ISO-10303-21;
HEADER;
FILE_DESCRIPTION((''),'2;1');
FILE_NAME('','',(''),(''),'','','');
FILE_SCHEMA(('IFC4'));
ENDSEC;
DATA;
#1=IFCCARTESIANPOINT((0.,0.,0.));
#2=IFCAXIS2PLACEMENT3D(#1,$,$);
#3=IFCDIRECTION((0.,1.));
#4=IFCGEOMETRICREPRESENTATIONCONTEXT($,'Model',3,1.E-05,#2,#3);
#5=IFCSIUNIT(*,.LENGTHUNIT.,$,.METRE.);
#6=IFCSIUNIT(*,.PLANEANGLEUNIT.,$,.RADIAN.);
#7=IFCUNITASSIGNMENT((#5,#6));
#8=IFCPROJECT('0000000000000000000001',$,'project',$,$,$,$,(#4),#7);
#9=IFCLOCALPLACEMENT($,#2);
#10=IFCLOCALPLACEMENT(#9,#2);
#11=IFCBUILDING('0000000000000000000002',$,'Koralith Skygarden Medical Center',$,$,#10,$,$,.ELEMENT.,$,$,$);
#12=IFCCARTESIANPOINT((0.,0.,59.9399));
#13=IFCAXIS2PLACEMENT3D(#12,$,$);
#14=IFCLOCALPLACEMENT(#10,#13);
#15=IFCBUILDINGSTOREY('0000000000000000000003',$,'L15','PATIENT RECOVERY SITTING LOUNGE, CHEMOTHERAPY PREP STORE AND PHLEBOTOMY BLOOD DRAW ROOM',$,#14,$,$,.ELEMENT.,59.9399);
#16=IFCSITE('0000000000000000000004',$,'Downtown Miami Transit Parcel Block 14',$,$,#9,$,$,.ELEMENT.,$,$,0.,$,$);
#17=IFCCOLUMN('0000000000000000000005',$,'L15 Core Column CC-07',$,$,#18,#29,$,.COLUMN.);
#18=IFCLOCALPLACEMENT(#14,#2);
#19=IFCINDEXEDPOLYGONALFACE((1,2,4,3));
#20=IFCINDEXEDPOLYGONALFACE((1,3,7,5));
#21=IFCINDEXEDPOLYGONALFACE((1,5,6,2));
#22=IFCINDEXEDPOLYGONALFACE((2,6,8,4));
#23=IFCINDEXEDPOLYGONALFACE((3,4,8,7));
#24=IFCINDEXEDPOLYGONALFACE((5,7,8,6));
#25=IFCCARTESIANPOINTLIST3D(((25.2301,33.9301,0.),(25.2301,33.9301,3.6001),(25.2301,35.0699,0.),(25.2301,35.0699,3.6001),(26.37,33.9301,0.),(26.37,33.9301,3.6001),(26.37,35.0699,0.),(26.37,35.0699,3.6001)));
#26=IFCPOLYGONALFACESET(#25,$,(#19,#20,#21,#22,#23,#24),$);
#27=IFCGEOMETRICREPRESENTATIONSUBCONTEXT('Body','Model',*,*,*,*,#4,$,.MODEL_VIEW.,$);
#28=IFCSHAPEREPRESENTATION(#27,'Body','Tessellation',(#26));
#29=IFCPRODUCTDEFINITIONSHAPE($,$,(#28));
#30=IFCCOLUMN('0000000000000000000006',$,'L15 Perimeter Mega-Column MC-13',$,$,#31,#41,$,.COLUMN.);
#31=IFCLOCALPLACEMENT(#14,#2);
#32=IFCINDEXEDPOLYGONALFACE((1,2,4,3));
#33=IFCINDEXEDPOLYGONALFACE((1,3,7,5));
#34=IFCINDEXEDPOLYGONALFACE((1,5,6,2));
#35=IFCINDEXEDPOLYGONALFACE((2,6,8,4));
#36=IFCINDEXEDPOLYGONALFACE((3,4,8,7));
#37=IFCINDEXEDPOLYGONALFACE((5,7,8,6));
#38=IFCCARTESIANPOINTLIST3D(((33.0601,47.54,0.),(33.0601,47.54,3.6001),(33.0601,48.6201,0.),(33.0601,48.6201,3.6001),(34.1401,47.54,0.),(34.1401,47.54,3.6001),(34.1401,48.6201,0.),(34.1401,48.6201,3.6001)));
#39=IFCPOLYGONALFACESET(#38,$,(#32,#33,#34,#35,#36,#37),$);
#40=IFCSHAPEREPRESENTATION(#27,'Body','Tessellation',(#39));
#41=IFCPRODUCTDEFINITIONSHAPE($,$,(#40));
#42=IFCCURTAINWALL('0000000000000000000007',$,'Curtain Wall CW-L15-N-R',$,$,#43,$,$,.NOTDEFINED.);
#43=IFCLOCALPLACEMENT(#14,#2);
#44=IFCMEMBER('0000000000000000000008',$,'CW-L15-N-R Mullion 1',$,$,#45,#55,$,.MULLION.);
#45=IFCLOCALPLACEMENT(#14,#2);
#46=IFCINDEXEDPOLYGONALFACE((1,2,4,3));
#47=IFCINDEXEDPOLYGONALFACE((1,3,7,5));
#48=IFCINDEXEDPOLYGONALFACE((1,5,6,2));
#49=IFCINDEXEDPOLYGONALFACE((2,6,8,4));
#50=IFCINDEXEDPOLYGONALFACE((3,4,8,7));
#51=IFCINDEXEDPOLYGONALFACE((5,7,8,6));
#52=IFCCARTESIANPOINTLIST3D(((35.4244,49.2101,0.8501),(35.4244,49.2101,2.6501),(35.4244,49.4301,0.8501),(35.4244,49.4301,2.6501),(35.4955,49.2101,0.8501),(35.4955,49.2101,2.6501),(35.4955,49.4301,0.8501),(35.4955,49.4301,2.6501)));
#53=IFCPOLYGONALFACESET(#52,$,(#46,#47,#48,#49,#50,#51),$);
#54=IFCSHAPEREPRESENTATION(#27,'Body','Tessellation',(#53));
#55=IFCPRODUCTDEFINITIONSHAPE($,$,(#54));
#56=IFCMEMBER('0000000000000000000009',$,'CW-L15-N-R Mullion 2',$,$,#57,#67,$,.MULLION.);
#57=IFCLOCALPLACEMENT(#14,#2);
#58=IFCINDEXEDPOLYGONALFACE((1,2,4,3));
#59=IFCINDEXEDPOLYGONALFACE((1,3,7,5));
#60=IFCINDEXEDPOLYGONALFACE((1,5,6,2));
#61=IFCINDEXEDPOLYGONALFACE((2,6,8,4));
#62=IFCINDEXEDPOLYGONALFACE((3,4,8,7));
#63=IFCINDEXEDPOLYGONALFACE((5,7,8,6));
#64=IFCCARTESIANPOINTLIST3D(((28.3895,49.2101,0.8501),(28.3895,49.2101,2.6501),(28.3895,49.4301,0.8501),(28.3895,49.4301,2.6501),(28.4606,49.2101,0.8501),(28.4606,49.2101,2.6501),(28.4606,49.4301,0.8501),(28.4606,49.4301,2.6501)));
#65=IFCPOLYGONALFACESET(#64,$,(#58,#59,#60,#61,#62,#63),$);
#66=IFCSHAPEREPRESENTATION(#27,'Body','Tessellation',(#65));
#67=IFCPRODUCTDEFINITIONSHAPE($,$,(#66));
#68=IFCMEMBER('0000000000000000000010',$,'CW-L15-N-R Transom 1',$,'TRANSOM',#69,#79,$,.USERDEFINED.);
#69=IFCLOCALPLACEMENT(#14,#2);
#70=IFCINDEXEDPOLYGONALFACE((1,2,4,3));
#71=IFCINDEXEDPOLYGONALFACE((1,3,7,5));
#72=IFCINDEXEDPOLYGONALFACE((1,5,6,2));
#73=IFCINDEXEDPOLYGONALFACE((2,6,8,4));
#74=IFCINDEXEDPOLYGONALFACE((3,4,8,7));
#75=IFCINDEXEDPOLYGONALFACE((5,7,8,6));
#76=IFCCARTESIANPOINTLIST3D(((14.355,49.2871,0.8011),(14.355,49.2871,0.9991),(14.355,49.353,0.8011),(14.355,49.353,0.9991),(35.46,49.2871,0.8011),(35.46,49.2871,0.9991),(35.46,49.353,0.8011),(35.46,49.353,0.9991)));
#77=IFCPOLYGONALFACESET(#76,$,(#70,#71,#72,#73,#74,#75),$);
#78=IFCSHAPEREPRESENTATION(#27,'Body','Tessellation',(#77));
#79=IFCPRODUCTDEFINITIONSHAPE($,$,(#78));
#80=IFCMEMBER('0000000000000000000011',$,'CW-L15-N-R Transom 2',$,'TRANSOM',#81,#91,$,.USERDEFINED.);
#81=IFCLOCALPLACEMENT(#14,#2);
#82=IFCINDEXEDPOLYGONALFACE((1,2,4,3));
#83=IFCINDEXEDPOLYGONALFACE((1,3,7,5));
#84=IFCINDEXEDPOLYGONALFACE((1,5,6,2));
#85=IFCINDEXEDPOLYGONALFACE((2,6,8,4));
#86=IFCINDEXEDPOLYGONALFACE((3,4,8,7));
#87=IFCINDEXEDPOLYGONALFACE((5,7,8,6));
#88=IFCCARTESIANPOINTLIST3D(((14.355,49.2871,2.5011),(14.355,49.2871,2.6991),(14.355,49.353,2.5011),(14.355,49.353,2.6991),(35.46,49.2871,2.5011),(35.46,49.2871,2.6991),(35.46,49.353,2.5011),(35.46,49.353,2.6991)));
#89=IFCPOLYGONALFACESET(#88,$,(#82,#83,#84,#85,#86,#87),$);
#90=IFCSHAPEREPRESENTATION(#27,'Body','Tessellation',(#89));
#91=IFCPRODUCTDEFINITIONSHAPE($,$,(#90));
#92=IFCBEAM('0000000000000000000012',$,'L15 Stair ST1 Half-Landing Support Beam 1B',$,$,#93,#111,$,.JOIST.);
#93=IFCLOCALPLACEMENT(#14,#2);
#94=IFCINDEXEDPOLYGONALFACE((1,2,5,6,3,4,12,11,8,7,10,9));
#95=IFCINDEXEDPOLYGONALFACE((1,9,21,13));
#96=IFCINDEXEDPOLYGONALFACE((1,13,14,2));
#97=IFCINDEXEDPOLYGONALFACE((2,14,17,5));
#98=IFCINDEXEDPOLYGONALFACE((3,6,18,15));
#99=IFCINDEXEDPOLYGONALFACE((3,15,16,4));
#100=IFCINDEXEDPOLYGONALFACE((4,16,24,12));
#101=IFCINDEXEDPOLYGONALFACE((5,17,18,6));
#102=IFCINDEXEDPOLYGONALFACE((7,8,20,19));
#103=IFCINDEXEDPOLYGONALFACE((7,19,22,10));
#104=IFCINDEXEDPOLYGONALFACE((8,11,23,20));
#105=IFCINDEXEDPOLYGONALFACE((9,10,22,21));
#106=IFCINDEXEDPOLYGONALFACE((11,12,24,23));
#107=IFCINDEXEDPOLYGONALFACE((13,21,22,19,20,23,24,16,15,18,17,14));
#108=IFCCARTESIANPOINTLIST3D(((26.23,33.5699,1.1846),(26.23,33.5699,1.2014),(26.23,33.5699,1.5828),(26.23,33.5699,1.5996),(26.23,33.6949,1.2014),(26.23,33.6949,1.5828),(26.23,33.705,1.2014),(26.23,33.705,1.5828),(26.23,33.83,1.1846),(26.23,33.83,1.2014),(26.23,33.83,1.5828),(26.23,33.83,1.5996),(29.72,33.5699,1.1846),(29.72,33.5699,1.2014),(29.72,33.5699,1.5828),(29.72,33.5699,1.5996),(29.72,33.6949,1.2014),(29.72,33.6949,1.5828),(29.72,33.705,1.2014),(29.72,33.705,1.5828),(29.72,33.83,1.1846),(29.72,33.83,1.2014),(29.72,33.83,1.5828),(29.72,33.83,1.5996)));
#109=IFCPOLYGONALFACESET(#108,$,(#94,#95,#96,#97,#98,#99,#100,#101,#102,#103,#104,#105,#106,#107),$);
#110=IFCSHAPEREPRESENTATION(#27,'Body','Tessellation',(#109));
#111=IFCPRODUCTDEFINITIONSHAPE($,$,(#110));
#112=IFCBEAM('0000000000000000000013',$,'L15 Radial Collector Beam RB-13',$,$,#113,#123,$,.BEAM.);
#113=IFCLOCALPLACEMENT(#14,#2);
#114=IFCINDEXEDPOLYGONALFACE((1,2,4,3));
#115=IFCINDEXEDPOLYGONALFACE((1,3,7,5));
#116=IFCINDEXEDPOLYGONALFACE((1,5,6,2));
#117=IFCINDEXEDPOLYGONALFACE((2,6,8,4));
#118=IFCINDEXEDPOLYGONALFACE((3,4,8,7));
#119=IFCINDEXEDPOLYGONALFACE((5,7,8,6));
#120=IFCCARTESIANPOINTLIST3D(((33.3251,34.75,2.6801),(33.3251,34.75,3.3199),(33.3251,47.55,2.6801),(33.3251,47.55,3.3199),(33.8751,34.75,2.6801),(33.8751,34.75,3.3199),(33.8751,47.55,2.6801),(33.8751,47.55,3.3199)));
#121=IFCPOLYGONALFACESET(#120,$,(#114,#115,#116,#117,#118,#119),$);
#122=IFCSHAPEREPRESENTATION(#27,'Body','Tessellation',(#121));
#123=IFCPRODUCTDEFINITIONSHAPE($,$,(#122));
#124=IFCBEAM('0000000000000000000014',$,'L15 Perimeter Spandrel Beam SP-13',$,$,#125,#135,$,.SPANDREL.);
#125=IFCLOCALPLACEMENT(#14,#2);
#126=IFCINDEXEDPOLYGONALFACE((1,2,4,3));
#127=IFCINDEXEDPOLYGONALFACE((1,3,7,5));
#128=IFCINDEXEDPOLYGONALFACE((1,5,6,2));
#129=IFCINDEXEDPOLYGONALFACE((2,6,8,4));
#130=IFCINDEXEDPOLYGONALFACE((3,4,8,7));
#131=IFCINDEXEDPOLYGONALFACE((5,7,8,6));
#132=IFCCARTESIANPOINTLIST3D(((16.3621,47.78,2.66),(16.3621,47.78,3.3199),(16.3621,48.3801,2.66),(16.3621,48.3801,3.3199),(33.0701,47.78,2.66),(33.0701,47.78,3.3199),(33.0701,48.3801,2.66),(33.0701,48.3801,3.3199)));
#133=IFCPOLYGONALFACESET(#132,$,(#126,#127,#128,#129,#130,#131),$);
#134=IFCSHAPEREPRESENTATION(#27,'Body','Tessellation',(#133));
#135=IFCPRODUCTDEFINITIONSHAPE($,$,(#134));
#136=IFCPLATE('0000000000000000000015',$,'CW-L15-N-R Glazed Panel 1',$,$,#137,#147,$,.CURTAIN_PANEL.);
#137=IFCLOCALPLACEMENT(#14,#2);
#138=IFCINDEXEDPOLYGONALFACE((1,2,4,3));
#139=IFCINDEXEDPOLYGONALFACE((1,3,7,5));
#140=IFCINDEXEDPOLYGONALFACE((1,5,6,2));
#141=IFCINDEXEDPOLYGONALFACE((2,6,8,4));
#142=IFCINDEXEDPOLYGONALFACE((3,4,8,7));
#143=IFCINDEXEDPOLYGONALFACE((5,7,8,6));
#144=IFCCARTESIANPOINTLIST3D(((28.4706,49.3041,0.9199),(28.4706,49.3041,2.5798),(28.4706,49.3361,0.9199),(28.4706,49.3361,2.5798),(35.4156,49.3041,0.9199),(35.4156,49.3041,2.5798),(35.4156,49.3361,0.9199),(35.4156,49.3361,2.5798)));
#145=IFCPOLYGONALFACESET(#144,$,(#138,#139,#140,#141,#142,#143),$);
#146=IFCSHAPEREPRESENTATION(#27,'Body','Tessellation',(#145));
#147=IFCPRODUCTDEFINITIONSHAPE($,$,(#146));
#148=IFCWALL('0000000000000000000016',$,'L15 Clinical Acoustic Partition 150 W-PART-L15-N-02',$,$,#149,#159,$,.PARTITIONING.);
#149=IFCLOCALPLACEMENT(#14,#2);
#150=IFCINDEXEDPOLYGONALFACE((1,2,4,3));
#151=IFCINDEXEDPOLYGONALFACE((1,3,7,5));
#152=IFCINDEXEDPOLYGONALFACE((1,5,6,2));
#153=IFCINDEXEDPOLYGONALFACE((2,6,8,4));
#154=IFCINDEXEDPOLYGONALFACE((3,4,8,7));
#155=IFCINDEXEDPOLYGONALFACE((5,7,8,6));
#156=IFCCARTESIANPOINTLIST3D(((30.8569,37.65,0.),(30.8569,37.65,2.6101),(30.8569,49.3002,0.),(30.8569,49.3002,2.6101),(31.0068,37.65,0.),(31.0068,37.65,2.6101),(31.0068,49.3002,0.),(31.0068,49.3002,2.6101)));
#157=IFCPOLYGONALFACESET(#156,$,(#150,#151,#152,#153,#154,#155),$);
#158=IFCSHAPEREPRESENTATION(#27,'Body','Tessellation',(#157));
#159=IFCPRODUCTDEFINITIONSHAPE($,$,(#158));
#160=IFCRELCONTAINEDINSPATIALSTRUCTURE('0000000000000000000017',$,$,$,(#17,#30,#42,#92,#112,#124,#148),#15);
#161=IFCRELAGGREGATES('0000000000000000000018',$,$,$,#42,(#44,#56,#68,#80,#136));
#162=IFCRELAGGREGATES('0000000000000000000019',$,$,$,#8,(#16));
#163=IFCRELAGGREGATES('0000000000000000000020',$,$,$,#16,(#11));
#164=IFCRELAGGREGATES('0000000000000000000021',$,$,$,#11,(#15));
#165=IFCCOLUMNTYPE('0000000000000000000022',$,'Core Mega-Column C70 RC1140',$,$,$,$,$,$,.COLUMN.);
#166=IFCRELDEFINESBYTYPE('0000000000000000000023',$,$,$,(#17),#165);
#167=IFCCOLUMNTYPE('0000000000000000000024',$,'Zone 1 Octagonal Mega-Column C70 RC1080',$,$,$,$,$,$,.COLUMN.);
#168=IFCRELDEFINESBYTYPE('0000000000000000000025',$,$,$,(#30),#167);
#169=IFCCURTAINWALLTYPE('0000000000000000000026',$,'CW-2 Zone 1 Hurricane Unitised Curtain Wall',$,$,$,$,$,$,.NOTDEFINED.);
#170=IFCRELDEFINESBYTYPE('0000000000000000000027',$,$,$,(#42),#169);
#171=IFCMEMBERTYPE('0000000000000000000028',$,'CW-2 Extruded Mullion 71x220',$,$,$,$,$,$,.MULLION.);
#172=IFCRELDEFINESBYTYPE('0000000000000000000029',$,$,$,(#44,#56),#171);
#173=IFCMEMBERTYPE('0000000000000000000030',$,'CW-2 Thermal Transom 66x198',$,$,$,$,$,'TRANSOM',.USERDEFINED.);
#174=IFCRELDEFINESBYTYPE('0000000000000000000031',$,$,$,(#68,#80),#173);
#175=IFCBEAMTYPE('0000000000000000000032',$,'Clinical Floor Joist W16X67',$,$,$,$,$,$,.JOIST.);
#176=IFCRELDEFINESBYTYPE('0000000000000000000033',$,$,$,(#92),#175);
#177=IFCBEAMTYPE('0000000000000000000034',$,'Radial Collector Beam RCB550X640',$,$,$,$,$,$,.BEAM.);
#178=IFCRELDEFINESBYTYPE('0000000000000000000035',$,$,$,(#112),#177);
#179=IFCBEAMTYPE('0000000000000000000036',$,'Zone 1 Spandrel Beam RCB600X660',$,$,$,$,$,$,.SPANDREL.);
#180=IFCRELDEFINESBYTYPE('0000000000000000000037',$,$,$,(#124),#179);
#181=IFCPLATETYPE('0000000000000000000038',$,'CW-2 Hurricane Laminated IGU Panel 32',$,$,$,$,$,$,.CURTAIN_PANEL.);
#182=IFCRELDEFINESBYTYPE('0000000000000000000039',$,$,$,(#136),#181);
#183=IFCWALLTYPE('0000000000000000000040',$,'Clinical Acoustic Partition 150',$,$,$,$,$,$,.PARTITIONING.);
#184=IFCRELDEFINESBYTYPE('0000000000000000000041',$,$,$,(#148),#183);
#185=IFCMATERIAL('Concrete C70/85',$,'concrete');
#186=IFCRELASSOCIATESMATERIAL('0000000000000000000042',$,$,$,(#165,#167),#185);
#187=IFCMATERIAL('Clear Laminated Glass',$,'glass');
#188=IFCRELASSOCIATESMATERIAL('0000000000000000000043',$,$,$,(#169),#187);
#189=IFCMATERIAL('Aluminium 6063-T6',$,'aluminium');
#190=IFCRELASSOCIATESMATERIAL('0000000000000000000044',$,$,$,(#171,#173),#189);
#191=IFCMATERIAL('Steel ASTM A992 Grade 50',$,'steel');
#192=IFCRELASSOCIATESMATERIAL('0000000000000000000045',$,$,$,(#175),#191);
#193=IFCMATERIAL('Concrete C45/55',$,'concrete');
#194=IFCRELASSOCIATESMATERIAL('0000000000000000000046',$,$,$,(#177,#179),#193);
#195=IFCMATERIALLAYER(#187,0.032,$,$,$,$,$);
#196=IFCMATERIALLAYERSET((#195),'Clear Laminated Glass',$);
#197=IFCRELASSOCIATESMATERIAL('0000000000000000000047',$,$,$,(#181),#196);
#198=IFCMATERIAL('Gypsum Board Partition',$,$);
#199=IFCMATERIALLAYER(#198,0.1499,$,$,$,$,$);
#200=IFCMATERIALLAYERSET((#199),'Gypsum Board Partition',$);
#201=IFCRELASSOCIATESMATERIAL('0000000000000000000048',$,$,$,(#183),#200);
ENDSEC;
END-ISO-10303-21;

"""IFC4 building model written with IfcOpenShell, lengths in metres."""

from ifc_helpers import new_model, si_unit, direction, frame, frame_2d, origin, origin_2d, place, context, subcontext, project, spatial, rectangle, i_section, extrude, material, layer, layer_set, material_profile, profile_set, type_object, element, aggregate, save


model = new_model("IFC4")

# Units and contexts
model_context = context("Model", 3, precision=1e-05, world=origin(), true_north=direction((0.0, 1.0)))
body_context = subcontext(model_context, "Body", "Model", "MODEL_VIEW")
ifc_project = project(units=[si_unit("LENGTHUNIT", "METRE"), si_unit("PLANEANGLEUNIT", "RADIAN")], contexts=[model_context])

# Site, building, storey
site_placement = place(None, origin())
site = spatial("IfcSite", under=ifc_project, at=site_placement, Name="Downtown Miami Transit Parcel Block 14", CompositionType="ELEMENT", RefElevation=0.0)
building_placement = place(site_placement, origin())
building = spatial("IfcBuilding", under=site, at=building_placement, Name="Koralith Skygarden Medical Center", CompositionType="ELEMENT")
storey_placement = place(building_placement, frame((0.0, 0.0, 59.9399)))
storey = spatial("IfcBuildingStorey", under=building, at=storey_placement, Name="L15", Description="PATIENT RECOVERY SITTING LOUNGE, CHEMOTHERAPY PREP STORE AND PHLEBOTOMY BLOOD DRAW ROOM", CompositionType="ELEMENT", Elevation=59.9399)

# Columns
ifc_material_1 = material(Name="Concrete C70/85", Category="concrete")
ifc_material_profile_1 = material_profile(ifc_material_1, rectangle(XDim=1.1399, YDim=1.1399, at=origin_2d()), Name="RC1140X1140")
ifc_profile_set_1 = profile_set([ifc_material_profile_1], Name="Concrete C70/85")
column_type_1 = type_object("IfcColumnType", Name="Core Mega-Column C70 RC1140", PredefinedType="COLUMN", material=ifc_profile_set_1)
column_1_placement = place(storey_placement, frame((25.8, 34.5, 0.0), z_axis=(0.0, 0.0, 1.0), x_axis=(1.0, 0.0, 0.0)))
element("IfcColumn", 1, at=column_1_placement, inside=storey, type_object=column_type_1, Name="L15 Core Column CC-07", PredefinedType="COLUMN", context=body_context, shape_type="SweptSolid", body=[
    extrude(rectangle(XDim=1.1399, YDim=1.1399, at=origin_2d()), origin(), (0.0, 0.0, 1.0), 3.6001),
])
ifc_material_profile_2 = material_profile(ifc_material_1, rectangle(XDim=1.0801, YDim=1.0801, at=origin_2d()), Name="RC1080X1080")
ifc_profile_set_2 = profile_set([ifc_material_profile_2], Name="Concrete C70/85")
column_type_2 = type_object("IfcColumnType", Name="Zone 1 Octagonal Mega-Column C70 RC1080", PredefinedType="COLUMN", material=ifc_profile_set_2)
column_2_placement = place(storey_placement, frame((33.6001, 48.0801, 0.0), z_axis=(0.0, 0.0, 1.0), x_axis=(1.0, 0.0, 0.0)))
element("IfcColumn", 2, at=column_2_placement, inside=storey, type_object=column_type_2, Name="L15 Perimeter Mega-Column MC-13", PredefinedType="COLUMN", context=body_context, shape_type="SweptSolid", body=[
    extrude(rectangle(XDim=1.0801, YDim=1.0801, at=origin_2d()), origin(), (0.0, 0.0, 1.0), 3.6001),
])

# Curtain wall, members
ifc_material_2 = material(Name="Clear Laminated Glass", Category="glass")
curtain_wall_type = type_object("IfcCurtainWallType", Name="CW-2 Zone 1 Hurricane Unitised Curtain Wall", PredefinedType="NOTDEFINED", material=ifc_material_2)
curtain_wall_placement = place(storey_placement, origin())
curtain_wall = element("IfcCurtainWall", 3, at=curtain_wall_placement, inside=storey, type_object=curtain_wall_type, Name="Curtain Wall CW-L15-N-R", PredefinedType="NOTDEFINED")
ifc_material_3 = material(Name="Aluminium 6063-T6", Category="aluminium")
ifc_material_profile_3 = material_profile(ifc_material_3, rectangle(XDim=0.071, YDim=0.22, at=origin_2d()), Name="MUL71X220")
ifc_profile_set_3 = profile_set([ifc_material_profile_3], Name="Aluminium 6063-T6")
member_type_1 = type_object("IfcMemberType", Name="CW-2 Extruded Mullion 71x220", PredefinedType="MULLION", material=ifc_profile_set_3)
member_1_placement = place(storey_placement, frame((35.46, 49.3201, 0.8501), z_axis=(0.0, 0.0, 1.0), x_axis=(1.0, 0.0, 0.0)))
member_1 = element("IfcMember", 4, at=member_1_placement, type_object=member_type_1, Name="CW-L15-N-R Mullion 1", PredefinedType="MULLION", context=body_context, shape_type="SweptSolid", body=[
    extrude(rectangle(XDim=0.071, YDim=0.22, at=origin_2d()), origin(), (0.0, 0.0, 1.0), 1.8),
])
member_2_placement = place(storey_placement, frame((28.425, 49.3201, 0.8501), z_axis=(0.0, 0.0, 1.0), x_axis=(1.0, 0.0, 0.0)))
member_2 = element("IfcMember", 5, at=member_2_placement, type_object=member_type_1, Name="CW-L15-N-R Mullion 2", PredefinedType="MULLION", context=body_context, shape_type="SweptSolid", body=[
    extrude(rectangle(XDim=0.071, YDim=0.22, at=origin_2d()), origin(), (0.0, 0.0, 1.0), 1.8),
])
ifc_material_profile_4 = material_profile(ifc_material_3, rectangle(XDim=0.0659, YDim=0.198, at=origin_2d()), Name="TRN66X198")
ifc_profile_set_4 = profile_set([ifc_material_profile_4], Name="Aluminium 6063-T6")
member_type_2 = type_object("IfcMemberType", Name="CW-2 Thermal Transom 66x198", ElementType="TRANSOM", PredefinedType="USERDEFINED", material=ifc_profile_set_4)
member_3_placement = place(storey_placement, frame((35.46, 49.3201, 0.9001), z_axis=(-1.0, 0.0, 0.0), x_axis=(0.0, -1.0, 0.0)))
member_3 = element("IfcMember", 6, at=member_3_placement, type_object=member_type_2, Name="CW-L15-N-R Transom 1", ObjectType="TRANSOM", PredefinedType="USERDEFINED", context=body_context, shape_type="SweptSolid", body=[
    extrude(rectangle(XDim=0.0659, YDim=0.198, at=origin_2d()), origin(), (0.0, 0.0, 1.0), 21.105),
])
member_4_placement = place(storey_placement, frame((35.46, 49.3201, 2.6001), z_axis=(-1.0, 0.0, 0.0), x_axis=(0.0, -1.0, 0.0)))
member_4 = element("IfcMember", 7, at=member_4_placement, type_object=member_type_2, Name="CW-L15-N-R Transom 2", ObjectType="TRANSOM", PredefinedType="USERDEFINED", context=body_context, shape_type="SweptSolid", body=[
    extrude(rectangle(XDim=0.0659, YDim=0.198, at=origin_2d()), origin(), (0.0, 0.0, 1.0), 21.105),
])

# Beams
ifc_material_4 = material(Name="Steel ASTM A992 Grade 50", Category="steel")
ifc_material_profile_5 = material_profile(ifc_material_4, i_section(OverallWidth=0.26, OverallDepth=0.415, WebThickness=0.01, FlangeThickness=0.0168, at=origin_2d()), Name="W16X67")
ifc_profile_set_5 = profile_set([ifc_material_profile_5], Name="Steel ASTM A992 Grade 50")
beam_type_1 = type_object("IfcBeamType", Name="Clinical Floor Joist W16X67", PredefinedType="JOIST", material=ifc_profile_set_5)
beam_1_placement = place(storey_placement, frame((26.23, 33.7, 1.3921), z_axis=(1.0, 0.0, 0.0), x_axis=(0.0, 1.0, 0.0)))
element("IfcBeam", 8, at=beam_1_placement, inside=storey, type_object=beam_type_1, Name="L15 Stair ST1 Half-Landing Support Beam 1B", PredefinedType="JOIST", context=body_context, shape_type="SweptSolid", body=[
    extrude(i_section(OverallWidth=0.26, OverallDepth=0.415, WebThickness=0.01, FlangeThickness=0.0168, at=origin_2d()), origin(), (0.0, 0.0, 1.0), 3.49),
])
ifc_material_5 = material(Name="Concrete C45/55", Category="concrete")
ifc_material_profile_6 = material_profile(ifc_material_5, rectangle(XDim=0.55, YDim=0.6399, at=origin_2d()), Name="RCB550X640")
ifc_profile_set_6 = profile_set([ifc_material_profile_6], Name="Concrete C45/55")
beam_type_2 = type_object("IfcBeamType", Name="Radial Collector Beam RCB550X640", PredefinedType="BEAM", material=ifc_profile_set_6)
beam_2_placement = place(storey_placement, frame((33.6001, 34.75, 3.0), z_axis=(0.0, 1.0, 0.0), x_axis=(-1.0, 0.0, 0.0)))
element("IfcBeam", 9, at=beam_2_placement, inside=storey, type_object=beam_type_2, Name="L15 Radial Collector Beam RB-13", PredefinedType="BEAM", context=body_context, shape_type="SweptSolid", body=[
    extrude(rectangle(XDim=0.55, YDim=0.6399, at=origin_2d()), origin(), (0.0, 0.0, 1.0), 12.8),
])
ifc_material_profile_7 = material_profile(ifc_material_5, rectangle(XDim=0.6001, YDim=0.6599, at=origin_2d()), Name="RCB600X660")
ifc_profile_set_7 = profile_set([ifc_material_profile_7], Name="Concrete C45/55")
beam_type_3 = type_object("IfcBeamType", Name="Zone 1 Spandrel Beam RCB600X660", PredefinedType="SPANDREL", material=ifc_profile_set_7)
beam_3_placement = place(storey_placement, frame((33.0701, 48.0801, 2.99), z_axis=(-1.0, 0.0, 0.0), x_axis=(0.0, -1.0, 0.0)))
element("IfcBeam", 10, at=beam_3_placement, inside=storey, type_object=beam_type_3, Name="L15 Perimeter Spandrel Beam SP-13", PredefinedType="SPANDREL", context=body_context, shape_type="SweptSolid", body=[
    extrude(rectangle(XDim=0.6001, YDim=0.6599, at=origin_2d()), origin(), (0.0, 0.0, 1.0), 16.708),
])

# Plate
ifc_layer_1 = layer(ifc_material_2, 0.032)
ifc_layer_set_1 = layer_set([ifc_layer_1], Name="Clear Laminated Glass")
plate_type = type_object("IfcPlateType", Name="CW-2 Hurricane Laminated IGU Panel 32", PredefinedType="CURTAIN_PANEL", material=ifc_layer_set_1)
plate_placement = place(storey_placement, frame((31.9431, 49.3201, 0.9199), z_axis=(0.0, 0.0, 1.0), x_axis=(-1.0, 0.0, 0.0)))
plate = element("IfcPlate", 11, at=plate_placement, type_object=plate_type, Name="CW-L15-N-R Glazed Panel 1", PredefinedType="CURTAIN_PANEL", context=body_context, shape_type="SweptSolid", body=[
    extrude(rectangle(XDim=6.9451, YDim=0.032, at=origin_2d()), origin(), (0.0, 0.0, 1.0), 1.6599),
])
aggregate(curtain_wall, [member_1, member_2, member_3, member_4, plate])

# Wall
ifc_material_6 = material(Name="Gypsum Board Partition")
ifc_layer_2 = layer(ifc_material_6, 0.1499)
ifc_layer_set_2 = layer_set([ifc_layer_2], Name="Gypsum Board Partition")
wall_type_1 = type_object("IfcWallType", Name="Clinical Acoustic Partition 150", PredefinedType="PARTITIONING", material=ifc_layer_set_2)
wall_1_placement = place(storey_placement, frame((30.9319, 37.6499, 0.0), z_axis=(0.0, 0.0, 1.0), x_axis=(0.0, 1.0, 0.0)))
element("IfcWall", 12, at=wall_1_placement, inside=storey, type_object=wall_type_1, Name="L15 Clinical Acoustic Partition 150 W-PART-L15-N-02", PredefinedType="PARTITIONING", context=body_context, shape_type="SweptSolid", body=[
    extrude(rectangle(XDim=11.6501, YDim=0.1499, at=frame_2d((5.8252, 0.0))), origin(), (0.0, 0.0, 1.0), 2.6101),
])

save(model, "model.ifc")
